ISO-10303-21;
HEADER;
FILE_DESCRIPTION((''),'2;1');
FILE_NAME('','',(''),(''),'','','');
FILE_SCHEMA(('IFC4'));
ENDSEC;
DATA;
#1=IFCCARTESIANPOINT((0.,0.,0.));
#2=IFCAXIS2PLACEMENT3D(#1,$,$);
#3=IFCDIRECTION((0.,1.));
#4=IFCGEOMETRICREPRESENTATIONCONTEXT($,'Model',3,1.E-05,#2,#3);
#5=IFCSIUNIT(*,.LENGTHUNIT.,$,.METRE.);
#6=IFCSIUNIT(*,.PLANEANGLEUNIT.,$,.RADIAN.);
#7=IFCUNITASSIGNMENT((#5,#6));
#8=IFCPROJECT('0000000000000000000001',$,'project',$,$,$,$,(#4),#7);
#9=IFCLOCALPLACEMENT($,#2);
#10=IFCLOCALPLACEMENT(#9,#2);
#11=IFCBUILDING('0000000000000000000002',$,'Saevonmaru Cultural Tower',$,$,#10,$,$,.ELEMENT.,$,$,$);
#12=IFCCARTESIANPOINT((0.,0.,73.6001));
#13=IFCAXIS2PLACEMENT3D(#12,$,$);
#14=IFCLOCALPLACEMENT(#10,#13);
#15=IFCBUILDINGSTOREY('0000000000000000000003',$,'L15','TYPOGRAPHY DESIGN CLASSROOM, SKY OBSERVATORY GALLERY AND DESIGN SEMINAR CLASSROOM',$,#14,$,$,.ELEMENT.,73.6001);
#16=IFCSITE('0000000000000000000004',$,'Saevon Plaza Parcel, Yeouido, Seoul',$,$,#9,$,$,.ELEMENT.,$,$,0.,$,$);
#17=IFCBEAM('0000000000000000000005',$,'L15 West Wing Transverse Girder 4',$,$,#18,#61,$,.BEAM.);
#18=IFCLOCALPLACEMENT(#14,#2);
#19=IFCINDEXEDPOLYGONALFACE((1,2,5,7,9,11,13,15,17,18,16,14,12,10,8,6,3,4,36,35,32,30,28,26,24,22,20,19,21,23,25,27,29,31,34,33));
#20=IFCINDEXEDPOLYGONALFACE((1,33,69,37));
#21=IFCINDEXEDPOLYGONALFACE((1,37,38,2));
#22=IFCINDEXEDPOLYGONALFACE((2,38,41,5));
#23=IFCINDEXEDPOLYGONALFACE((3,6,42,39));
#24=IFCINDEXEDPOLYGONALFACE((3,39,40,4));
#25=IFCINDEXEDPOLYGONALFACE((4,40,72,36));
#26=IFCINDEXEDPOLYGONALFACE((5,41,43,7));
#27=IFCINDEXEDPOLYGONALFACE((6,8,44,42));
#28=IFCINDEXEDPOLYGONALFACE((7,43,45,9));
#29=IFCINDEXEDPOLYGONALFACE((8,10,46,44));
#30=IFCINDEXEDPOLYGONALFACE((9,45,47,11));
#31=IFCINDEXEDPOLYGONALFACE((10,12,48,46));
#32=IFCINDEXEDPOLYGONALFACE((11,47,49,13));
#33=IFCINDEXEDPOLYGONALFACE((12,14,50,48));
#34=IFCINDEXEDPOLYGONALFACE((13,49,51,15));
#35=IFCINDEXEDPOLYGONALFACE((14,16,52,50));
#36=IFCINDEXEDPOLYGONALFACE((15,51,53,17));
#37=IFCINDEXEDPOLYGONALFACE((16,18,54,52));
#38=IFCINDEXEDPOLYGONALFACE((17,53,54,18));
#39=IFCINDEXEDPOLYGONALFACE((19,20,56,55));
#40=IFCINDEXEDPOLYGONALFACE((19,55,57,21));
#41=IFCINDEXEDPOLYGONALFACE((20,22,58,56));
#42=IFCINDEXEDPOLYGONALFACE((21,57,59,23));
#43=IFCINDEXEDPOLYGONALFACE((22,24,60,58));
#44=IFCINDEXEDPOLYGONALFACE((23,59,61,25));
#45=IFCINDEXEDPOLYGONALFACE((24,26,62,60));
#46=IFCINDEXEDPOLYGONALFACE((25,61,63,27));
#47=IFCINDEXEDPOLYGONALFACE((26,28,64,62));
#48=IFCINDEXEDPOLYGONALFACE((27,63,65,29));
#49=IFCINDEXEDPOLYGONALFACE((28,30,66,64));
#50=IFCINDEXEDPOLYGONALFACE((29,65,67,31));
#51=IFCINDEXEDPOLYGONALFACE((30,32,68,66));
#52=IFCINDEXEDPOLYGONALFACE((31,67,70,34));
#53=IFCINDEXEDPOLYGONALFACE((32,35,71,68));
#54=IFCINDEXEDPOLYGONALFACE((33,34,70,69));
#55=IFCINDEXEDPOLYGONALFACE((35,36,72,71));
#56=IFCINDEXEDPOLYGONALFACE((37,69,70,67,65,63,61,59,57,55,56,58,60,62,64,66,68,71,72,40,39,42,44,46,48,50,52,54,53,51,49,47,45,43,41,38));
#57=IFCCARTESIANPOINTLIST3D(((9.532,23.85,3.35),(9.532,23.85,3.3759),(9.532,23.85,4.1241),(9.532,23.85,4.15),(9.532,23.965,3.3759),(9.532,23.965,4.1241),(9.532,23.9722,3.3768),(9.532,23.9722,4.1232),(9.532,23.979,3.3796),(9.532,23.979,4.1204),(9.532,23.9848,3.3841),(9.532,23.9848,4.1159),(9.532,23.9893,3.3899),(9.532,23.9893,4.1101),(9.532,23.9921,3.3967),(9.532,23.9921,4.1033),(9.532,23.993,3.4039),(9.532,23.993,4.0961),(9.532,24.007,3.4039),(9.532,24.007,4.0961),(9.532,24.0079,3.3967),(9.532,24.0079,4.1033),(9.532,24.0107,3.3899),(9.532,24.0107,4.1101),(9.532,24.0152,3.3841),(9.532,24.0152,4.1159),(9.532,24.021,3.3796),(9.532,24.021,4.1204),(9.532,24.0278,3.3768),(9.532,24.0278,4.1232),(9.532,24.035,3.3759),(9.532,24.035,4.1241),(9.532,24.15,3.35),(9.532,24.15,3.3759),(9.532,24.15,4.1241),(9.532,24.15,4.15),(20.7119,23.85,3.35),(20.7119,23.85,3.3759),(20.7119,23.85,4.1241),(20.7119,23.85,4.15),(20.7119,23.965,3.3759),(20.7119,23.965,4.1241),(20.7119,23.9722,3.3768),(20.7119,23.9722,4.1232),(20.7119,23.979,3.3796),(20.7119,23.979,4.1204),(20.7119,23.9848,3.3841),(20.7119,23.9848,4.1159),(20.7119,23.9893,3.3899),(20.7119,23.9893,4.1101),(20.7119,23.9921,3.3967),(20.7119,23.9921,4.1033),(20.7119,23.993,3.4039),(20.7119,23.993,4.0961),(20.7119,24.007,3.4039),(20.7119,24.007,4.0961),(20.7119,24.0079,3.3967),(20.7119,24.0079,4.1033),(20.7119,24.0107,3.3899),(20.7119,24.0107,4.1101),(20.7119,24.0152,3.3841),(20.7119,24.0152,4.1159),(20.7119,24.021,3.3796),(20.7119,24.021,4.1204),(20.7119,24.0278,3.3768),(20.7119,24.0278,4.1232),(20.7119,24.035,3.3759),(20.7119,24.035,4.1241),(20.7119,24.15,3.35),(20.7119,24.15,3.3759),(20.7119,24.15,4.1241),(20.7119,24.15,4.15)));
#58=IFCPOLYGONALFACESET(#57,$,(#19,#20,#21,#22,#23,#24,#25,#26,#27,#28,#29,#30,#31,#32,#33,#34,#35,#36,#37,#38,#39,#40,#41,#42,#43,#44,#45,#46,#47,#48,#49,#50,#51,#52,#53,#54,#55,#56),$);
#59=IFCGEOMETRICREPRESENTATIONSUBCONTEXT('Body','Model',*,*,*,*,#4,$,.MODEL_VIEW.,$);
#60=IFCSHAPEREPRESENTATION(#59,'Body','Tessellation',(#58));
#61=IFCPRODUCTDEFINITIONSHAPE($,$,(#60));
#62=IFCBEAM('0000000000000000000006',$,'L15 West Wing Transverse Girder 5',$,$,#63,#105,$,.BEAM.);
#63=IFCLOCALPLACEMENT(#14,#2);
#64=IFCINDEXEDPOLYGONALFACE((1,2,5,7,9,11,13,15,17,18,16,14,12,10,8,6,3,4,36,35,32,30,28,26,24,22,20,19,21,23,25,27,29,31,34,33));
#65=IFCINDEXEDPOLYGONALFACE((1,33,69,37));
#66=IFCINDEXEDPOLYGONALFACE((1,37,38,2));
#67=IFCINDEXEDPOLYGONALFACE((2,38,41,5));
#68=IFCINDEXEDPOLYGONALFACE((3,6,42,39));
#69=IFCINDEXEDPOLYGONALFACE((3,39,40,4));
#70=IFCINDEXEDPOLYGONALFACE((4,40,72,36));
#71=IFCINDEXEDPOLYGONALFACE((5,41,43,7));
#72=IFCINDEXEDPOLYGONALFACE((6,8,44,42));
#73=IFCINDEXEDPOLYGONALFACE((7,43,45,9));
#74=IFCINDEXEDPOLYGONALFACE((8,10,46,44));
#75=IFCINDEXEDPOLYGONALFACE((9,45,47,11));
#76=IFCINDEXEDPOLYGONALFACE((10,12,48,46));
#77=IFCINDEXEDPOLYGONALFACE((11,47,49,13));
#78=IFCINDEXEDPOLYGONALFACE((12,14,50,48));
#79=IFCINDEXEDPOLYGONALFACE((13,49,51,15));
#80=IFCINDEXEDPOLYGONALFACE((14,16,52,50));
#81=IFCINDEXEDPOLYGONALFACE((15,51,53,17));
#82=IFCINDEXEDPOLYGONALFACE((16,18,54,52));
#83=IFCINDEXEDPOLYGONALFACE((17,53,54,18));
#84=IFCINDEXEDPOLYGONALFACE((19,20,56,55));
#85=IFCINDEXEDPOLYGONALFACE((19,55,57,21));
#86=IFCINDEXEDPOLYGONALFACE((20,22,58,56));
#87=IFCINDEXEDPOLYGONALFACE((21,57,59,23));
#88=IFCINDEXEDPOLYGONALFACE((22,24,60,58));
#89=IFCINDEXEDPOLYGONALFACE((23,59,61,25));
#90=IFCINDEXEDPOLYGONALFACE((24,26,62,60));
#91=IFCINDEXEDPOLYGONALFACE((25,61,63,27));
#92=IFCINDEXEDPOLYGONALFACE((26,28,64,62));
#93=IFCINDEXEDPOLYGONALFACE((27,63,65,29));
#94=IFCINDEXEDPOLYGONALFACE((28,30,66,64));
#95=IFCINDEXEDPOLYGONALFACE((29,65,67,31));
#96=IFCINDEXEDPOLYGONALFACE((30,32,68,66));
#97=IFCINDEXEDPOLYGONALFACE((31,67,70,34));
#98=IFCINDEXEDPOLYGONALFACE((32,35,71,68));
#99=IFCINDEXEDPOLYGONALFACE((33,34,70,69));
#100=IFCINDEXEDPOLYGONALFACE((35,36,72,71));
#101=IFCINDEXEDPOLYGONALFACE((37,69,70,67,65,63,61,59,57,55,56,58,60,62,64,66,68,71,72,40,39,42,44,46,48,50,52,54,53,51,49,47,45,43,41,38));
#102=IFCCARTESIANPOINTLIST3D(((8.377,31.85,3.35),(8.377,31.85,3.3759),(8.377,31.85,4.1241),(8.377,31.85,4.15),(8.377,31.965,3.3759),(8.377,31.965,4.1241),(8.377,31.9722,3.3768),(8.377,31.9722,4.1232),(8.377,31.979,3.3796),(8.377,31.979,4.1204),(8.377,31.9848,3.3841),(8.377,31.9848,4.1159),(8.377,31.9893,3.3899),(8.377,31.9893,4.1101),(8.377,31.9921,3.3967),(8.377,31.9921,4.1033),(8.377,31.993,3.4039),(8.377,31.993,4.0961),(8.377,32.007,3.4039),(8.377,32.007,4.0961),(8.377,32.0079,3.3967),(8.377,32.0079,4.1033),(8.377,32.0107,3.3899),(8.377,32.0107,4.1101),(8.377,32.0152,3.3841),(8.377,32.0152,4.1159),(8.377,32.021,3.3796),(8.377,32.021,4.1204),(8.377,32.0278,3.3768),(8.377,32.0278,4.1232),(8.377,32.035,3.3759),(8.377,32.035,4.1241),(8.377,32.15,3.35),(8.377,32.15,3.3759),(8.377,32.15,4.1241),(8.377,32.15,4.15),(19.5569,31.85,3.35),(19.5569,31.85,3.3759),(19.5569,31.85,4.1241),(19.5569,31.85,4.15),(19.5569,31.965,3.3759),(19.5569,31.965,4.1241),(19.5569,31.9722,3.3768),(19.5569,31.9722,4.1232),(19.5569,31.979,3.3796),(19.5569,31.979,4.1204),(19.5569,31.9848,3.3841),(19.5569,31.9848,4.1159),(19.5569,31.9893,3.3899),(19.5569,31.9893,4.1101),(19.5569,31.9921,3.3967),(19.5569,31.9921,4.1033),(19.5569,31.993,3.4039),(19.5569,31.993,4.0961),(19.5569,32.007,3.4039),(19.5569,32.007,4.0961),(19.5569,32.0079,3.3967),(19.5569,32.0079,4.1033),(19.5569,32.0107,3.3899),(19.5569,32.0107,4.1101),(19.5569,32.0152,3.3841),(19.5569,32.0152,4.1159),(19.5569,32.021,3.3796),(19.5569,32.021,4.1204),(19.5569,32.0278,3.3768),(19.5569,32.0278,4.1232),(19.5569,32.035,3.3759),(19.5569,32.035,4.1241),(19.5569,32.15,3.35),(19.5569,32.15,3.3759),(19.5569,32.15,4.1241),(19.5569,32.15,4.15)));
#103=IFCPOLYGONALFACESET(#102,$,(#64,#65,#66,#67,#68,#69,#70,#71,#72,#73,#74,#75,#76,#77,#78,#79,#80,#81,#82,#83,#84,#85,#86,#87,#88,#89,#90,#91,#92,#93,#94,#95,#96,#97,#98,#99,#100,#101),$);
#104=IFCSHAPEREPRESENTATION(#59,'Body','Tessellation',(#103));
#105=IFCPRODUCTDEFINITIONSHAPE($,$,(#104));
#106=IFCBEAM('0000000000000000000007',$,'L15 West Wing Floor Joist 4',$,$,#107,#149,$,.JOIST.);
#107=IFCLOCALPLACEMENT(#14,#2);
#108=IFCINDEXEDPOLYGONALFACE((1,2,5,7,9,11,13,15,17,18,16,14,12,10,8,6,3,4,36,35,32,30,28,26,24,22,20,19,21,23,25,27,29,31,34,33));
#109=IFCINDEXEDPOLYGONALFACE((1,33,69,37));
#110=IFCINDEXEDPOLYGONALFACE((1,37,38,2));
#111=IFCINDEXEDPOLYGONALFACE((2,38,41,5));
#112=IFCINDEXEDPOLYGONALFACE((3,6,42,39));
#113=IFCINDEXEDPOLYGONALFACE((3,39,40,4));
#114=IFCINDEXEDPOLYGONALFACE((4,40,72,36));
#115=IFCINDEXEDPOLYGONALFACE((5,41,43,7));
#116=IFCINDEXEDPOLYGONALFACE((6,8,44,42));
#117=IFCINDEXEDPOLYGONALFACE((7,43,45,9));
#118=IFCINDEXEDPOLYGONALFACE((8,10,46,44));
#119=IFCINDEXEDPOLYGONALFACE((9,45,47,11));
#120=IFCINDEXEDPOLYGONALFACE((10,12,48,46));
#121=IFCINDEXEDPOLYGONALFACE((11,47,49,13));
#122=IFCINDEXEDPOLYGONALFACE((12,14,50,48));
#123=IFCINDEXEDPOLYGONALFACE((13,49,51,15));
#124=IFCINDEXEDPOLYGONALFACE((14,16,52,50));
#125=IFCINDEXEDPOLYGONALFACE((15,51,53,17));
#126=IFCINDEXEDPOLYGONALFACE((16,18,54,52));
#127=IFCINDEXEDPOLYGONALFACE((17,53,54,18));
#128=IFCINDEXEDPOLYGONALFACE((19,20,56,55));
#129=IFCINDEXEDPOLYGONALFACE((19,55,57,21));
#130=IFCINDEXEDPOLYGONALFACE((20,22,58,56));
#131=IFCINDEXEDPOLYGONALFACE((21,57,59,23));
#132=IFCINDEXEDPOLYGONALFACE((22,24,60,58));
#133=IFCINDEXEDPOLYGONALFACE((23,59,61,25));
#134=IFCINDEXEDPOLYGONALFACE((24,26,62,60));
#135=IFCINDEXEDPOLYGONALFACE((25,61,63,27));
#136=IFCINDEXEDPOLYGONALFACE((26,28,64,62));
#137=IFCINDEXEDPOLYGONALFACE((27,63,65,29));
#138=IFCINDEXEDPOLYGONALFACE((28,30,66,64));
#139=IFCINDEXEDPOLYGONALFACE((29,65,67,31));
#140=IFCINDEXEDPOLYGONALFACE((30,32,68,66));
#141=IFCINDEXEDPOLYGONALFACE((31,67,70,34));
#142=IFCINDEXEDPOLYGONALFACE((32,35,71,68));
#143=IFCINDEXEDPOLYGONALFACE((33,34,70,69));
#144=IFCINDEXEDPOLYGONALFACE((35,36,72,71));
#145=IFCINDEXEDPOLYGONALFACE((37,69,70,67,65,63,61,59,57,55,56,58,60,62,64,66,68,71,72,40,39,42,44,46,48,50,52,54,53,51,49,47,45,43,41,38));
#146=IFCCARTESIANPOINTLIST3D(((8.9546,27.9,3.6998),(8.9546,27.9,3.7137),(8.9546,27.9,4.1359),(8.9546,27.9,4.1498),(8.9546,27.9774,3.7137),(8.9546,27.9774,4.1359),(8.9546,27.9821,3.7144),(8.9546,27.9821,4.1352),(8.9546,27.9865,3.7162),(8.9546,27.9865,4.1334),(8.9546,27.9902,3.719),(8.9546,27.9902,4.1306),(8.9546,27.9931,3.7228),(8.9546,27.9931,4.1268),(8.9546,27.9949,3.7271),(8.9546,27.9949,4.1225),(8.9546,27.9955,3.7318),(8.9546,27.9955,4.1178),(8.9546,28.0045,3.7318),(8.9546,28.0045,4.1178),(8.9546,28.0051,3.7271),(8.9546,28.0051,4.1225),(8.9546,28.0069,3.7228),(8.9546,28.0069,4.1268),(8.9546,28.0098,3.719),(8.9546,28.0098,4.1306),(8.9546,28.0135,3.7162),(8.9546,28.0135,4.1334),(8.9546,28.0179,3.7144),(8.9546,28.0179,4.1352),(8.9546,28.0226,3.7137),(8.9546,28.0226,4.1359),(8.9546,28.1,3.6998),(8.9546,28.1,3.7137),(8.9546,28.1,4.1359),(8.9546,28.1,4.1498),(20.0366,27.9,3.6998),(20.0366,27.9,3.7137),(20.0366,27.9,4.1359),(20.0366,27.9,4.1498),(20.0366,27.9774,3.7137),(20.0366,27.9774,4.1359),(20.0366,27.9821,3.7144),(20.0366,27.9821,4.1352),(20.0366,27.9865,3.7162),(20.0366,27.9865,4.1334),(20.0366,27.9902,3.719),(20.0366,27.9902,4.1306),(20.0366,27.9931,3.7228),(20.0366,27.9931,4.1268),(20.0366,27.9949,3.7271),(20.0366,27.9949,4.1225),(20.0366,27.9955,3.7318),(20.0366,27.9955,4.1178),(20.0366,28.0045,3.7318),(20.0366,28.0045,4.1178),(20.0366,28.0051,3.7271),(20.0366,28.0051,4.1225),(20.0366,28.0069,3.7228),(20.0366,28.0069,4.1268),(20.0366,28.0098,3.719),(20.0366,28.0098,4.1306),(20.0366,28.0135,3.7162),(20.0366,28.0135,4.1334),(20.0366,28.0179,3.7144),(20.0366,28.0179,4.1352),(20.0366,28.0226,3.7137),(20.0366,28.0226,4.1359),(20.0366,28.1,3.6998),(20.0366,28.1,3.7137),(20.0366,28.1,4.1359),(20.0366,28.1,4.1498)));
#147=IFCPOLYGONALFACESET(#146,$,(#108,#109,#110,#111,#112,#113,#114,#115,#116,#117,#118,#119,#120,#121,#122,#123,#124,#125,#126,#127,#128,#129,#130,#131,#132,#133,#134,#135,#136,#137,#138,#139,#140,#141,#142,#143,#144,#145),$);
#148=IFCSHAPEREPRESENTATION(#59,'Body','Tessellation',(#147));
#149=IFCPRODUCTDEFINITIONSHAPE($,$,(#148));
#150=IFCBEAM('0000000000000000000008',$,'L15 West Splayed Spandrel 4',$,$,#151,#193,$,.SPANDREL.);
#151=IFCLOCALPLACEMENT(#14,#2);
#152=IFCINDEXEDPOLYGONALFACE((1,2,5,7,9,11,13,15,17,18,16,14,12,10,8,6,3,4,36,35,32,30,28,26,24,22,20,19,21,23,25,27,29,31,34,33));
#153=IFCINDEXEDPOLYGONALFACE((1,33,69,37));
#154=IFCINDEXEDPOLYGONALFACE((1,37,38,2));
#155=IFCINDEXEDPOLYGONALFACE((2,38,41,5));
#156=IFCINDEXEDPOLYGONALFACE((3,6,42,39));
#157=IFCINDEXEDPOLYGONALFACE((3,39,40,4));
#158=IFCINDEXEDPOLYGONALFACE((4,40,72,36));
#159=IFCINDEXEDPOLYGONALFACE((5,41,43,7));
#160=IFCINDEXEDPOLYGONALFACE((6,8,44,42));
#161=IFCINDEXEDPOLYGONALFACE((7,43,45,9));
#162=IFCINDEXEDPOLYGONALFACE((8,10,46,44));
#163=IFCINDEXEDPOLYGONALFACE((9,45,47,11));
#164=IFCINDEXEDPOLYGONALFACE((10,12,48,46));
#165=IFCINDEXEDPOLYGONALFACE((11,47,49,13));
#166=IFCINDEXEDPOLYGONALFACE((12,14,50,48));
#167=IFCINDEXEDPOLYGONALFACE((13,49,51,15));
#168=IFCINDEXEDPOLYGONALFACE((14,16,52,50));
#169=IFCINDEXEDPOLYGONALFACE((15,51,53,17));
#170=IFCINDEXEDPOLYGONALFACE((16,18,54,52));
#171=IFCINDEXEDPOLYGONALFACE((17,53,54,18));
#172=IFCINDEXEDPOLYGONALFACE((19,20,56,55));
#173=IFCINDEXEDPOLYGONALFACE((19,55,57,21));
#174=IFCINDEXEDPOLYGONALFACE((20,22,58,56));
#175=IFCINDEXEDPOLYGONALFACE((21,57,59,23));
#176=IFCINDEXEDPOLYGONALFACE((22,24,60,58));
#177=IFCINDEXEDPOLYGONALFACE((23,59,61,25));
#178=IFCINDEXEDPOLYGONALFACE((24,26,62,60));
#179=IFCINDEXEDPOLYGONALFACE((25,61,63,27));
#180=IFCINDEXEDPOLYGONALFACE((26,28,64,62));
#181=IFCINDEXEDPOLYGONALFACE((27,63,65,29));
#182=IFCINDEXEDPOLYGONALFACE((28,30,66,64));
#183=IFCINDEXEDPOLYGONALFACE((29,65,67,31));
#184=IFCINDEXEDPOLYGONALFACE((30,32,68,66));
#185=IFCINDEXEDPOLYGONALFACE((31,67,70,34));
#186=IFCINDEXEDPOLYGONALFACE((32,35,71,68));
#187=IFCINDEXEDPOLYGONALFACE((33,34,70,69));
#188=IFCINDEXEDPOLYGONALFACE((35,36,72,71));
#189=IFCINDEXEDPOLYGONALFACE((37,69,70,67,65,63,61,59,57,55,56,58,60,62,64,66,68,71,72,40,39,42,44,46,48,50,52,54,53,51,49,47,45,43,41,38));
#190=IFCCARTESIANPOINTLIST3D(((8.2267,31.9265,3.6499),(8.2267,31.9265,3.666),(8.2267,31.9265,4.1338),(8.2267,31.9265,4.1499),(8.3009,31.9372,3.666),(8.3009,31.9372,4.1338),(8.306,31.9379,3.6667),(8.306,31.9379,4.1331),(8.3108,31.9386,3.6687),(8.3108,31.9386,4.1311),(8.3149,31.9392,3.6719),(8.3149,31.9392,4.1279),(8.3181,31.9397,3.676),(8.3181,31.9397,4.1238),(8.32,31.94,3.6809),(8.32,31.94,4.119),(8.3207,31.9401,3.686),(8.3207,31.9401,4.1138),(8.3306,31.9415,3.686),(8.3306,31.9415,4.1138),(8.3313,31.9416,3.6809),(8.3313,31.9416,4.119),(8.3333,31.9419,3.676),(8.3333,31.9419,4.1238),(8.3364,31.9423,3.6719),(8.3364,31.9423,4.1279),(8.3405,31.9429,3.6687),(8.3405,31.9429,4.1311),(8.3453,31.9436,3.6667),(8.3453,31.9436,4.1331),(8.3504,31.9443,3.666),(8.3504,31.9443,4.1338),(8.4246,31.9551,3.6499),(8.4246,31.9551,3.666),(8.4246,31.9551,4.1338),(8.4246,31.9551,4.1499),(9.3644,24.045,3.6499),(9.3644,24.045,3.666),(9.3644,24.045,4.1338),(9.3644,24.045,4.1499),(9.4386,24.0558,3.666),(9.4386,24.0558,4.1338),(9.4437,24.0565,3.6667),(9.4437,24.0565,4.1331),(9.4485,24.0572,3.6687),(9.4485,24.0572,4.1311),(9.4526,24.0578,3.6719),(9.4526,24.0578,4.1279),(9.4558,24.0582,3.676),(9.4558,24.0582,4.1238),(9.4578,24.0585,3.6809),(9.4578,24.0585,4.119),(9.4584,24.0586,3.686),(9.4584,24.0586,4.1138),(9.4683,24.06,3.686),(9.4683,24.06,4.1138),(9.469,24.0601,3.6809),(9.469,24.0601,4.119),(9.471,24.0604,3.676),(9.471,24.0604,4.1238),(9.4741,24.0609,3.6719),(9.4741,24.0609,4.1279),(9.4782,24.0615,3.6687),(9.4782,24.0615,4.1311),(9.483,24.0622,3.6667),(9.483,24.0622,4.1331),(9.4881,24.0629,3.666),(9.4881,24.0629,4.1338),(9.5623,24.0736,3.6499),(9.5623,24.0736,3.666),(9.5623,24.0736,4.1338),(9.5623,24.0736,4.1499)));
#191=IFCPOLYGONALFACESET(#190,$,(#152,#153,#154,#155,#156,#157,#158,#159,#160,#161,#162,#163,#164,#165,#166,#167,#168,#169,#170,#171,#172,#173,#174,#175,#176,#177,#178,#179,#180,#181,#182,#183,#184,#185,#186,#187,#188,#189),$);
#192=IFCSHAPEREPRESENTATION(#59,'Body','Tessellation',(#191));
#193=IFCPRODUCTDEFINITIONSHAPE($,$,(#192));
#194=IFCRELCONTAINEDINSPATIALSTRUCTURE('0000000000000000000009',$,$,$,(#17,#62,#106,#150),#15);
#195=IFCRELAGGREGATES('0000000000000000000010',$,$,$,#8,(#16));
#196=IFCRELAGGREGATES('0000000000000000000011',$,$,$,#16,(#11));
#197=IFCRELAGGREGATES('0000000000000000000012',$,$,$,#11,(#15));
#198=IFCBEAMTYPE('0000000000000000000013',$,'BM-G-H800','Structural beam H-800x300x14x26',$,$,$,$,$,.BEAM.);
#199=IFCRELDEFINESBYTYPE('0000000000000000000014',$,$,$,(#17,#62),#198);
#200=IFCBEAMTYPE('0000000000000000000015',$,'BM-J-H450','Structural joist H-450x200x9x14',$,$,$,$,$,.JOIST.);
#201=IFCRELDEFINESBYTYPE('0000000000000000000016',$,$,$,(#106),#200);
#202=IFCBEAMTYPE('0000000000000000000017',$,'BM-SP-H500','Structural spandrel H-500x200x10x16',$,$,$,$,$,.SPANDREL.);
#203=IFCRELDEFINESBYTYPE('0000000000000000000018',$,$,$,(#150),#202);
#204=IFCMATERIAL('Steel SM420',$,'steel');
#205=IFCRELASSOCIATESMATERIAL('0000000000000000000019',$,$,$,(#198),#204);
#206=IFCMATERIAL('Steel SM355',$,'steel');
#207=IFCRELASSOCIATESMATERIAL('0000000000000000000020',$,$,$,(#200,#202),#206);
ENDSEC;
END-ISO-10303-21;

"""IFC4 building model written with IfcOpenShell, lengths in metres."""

from ifc_helpers import new_model, si_unit, direction, frame, origin, origin_2d, place, context, subcontext, project, spatial, i_section, extrude, material, material_profile, profile_set, type_object, element, save


model = new_model("IFC4")

# Units and contexts
model_context = context("Model", 3, precision=1e-05, world=origin(), true_north=direction((0.0, 1.0)))
body_context = subcontext(model_context, "Body", "Model", "MODEL_VIEW")
ifc_project = project(units=[si_unit("LENGTHUNIT", "METRE"), si_unit("PLANEANGLEUNIT", "RADIAN")], contexts=[model_context])

# Site, building, storey
site_placement = place(None, origin())
site = spatial("IfcSite", under=ifc_project, at=site_placement, Name="Saevon Plaza Parcel, Yeouido, Seoul", CompositionType="ELEMENT", RefElevation=0.0)
building_placement = place(site_placement, origin())
building = spatial("IfcBuilding", under=site, at=building_placement, Name="Saevonmaru Cultural Tower", CompositionType="ELEMENT")
storey_placement = place(building_placement, frame((0.0, 0.0, 73.6001)))
storey = spatial("IfcBuildingStorey", under=building, at=storey_placement, Name="L15", Description="TYPOGRAPHY DESIGN CLASSROOM, SKY OBSERVATORY GALLERY AND DESIGN SEMINAR CLASSROOM", CompositionType="ELEMENT", Elevation=73.6001)

# Shared definitions
ifc_material_1 = material(Name="Steel SM420", Category="steel")

# Beams
ifc_material_profile_1 = material_profile(ifc_material_1, i_section(OverallWidth=0.3, OverallDepth=0.8, WebThickness=0.0139, FlangeThickness=0.0259, FilletRadius=0.0281, at=origin_2d()), Name="H-800x300x14x26")
ifc_profile_set_1 = profile_set([ifc_material_profile_1], Name="Steel SM420")
beam_type_1 = type_object("IfcBeamType", Name="BM-G-H800", Description="Structural beam H-800x300x14x26", PredefinedType="BEAM", material=ifc_profile_set_1)
for number, where, z_axis, x_axis, name in (
    (1, (9.532, 24.0, 3.75), (1.0, 0.0, 0.0), (0.0, 1.0, 0.0), "L15 West Wing Transverse Girder 4"),
    (2, (8.377, 32.0, 3.75), (1.0, 0.0, 0.0), (0.0, 1.0, 0.0), "L15 West Wing Transverse Girder 5"),
):
    element("IfcBeam", number, at=place(storey_placement, frame(where, z_axis=z_axis, x_axis=x_axis)), inside=storey, type_object=beam_type_1, Name=name, PredefinedType="BEAM", context=body_context, shape_type="SweptSolid", body=[
        extrude(i_section(OverallWidth=0.3, OverallDepth=0.8, WebThickness=0.0139, FlangeThickness=0.0259, FilletRadius=0.0281, at=origin_2d()), origin(), (0.0, 0.0, 1.0), 11.1799),
    ])
ifc_material_2 = material(Name="Steel SM355", Category="steel")
ifc_material_profile_2 = material_profile(ifc_material_2, i_section(OverallWidth=0.2, OverallDepth=0.45, WebThickness=0.009, FlangeThickness=0.0139, FilletRadius=0.0181, at=origin_2d()), Name="H-450x200x9x14")
ifc_profile_set_2 = profile_set([ifc_material_profile_2], Name="Steel SM355")
beam_type_2 = type_object("IfcBeamType", Name="BM-J-H450", Description="Structural joist H-450x200x9x14", PredefinedType="JOIST", material=ifc_profile_set_2)
beam_1_placement = place(storey_placement, frame((8.9546, 28.0, 3.9248), z_axis=(1.0, 0.0, 0.0), x_axis=(0.0, 1.0, 0.0)))
element("IfcBeam", 3, at=beam_1_placement, inside=storey, type_object=beam_type_2, Name="L15 West Wing Floor Joist 4", PredefinedType="JOIST", context=body_context, shape_type="SweptSolid", body=[
    extrude(i_section(OverallWidth=0.2, OverallDepth=0.45, WebThickness=0.009, FlangeThickness=0.0139, FilletRadius=0.0181, at=origin_2d()), origin(), (0.0, 0.0, 1.0), 11.082),
])
ifc_material_profile_3 = material_profile(ifc_material_2, i_section(OverallWidth=0.2, OverallDepth=0.5, WebThickness=0.01, FlangeThickness=0.0161, FilletRadius=0.02, at=origin_2d()), Name="H-500x200x10x16")
ifc_profile_set_3 = profile_set([ifc_material_profile_3], Name="Steel SM355")
beam_type_3 = type_object("IfcBeamType", Name="BM-SP-H500", Description="Structural spandrel H-500x200x10x16", PredefinedType="SPANDREL", material=ifc_profile_set_3)
beam_2_placement = place(storey_placement, frame((9.4634, 24.0593, 3.8999), z_axis=(-0.142872, 0.989741, 0.0), x_axis=(-0.989741, -0.142872, 0.0)))
element("IfcBeam", 4, at=beam_2_placement, inside=storey, type_object=beam_type_3, Name="L15 West Splayed Spandrel 4", PredefinedType="SPANDREL", context=body_context, shape_type="SweptSolid", body=[
    extrude(i_section(OverallWidth=0.2, OverallDepth=0.5, WebThickness=0.01, FlangeThickness=0.0161, FilletRadius=0.02, at=origin_2d()), origin(), (0.0, 0.0, 1.0), 7.9631),
])

save(model, "model.ifc")
